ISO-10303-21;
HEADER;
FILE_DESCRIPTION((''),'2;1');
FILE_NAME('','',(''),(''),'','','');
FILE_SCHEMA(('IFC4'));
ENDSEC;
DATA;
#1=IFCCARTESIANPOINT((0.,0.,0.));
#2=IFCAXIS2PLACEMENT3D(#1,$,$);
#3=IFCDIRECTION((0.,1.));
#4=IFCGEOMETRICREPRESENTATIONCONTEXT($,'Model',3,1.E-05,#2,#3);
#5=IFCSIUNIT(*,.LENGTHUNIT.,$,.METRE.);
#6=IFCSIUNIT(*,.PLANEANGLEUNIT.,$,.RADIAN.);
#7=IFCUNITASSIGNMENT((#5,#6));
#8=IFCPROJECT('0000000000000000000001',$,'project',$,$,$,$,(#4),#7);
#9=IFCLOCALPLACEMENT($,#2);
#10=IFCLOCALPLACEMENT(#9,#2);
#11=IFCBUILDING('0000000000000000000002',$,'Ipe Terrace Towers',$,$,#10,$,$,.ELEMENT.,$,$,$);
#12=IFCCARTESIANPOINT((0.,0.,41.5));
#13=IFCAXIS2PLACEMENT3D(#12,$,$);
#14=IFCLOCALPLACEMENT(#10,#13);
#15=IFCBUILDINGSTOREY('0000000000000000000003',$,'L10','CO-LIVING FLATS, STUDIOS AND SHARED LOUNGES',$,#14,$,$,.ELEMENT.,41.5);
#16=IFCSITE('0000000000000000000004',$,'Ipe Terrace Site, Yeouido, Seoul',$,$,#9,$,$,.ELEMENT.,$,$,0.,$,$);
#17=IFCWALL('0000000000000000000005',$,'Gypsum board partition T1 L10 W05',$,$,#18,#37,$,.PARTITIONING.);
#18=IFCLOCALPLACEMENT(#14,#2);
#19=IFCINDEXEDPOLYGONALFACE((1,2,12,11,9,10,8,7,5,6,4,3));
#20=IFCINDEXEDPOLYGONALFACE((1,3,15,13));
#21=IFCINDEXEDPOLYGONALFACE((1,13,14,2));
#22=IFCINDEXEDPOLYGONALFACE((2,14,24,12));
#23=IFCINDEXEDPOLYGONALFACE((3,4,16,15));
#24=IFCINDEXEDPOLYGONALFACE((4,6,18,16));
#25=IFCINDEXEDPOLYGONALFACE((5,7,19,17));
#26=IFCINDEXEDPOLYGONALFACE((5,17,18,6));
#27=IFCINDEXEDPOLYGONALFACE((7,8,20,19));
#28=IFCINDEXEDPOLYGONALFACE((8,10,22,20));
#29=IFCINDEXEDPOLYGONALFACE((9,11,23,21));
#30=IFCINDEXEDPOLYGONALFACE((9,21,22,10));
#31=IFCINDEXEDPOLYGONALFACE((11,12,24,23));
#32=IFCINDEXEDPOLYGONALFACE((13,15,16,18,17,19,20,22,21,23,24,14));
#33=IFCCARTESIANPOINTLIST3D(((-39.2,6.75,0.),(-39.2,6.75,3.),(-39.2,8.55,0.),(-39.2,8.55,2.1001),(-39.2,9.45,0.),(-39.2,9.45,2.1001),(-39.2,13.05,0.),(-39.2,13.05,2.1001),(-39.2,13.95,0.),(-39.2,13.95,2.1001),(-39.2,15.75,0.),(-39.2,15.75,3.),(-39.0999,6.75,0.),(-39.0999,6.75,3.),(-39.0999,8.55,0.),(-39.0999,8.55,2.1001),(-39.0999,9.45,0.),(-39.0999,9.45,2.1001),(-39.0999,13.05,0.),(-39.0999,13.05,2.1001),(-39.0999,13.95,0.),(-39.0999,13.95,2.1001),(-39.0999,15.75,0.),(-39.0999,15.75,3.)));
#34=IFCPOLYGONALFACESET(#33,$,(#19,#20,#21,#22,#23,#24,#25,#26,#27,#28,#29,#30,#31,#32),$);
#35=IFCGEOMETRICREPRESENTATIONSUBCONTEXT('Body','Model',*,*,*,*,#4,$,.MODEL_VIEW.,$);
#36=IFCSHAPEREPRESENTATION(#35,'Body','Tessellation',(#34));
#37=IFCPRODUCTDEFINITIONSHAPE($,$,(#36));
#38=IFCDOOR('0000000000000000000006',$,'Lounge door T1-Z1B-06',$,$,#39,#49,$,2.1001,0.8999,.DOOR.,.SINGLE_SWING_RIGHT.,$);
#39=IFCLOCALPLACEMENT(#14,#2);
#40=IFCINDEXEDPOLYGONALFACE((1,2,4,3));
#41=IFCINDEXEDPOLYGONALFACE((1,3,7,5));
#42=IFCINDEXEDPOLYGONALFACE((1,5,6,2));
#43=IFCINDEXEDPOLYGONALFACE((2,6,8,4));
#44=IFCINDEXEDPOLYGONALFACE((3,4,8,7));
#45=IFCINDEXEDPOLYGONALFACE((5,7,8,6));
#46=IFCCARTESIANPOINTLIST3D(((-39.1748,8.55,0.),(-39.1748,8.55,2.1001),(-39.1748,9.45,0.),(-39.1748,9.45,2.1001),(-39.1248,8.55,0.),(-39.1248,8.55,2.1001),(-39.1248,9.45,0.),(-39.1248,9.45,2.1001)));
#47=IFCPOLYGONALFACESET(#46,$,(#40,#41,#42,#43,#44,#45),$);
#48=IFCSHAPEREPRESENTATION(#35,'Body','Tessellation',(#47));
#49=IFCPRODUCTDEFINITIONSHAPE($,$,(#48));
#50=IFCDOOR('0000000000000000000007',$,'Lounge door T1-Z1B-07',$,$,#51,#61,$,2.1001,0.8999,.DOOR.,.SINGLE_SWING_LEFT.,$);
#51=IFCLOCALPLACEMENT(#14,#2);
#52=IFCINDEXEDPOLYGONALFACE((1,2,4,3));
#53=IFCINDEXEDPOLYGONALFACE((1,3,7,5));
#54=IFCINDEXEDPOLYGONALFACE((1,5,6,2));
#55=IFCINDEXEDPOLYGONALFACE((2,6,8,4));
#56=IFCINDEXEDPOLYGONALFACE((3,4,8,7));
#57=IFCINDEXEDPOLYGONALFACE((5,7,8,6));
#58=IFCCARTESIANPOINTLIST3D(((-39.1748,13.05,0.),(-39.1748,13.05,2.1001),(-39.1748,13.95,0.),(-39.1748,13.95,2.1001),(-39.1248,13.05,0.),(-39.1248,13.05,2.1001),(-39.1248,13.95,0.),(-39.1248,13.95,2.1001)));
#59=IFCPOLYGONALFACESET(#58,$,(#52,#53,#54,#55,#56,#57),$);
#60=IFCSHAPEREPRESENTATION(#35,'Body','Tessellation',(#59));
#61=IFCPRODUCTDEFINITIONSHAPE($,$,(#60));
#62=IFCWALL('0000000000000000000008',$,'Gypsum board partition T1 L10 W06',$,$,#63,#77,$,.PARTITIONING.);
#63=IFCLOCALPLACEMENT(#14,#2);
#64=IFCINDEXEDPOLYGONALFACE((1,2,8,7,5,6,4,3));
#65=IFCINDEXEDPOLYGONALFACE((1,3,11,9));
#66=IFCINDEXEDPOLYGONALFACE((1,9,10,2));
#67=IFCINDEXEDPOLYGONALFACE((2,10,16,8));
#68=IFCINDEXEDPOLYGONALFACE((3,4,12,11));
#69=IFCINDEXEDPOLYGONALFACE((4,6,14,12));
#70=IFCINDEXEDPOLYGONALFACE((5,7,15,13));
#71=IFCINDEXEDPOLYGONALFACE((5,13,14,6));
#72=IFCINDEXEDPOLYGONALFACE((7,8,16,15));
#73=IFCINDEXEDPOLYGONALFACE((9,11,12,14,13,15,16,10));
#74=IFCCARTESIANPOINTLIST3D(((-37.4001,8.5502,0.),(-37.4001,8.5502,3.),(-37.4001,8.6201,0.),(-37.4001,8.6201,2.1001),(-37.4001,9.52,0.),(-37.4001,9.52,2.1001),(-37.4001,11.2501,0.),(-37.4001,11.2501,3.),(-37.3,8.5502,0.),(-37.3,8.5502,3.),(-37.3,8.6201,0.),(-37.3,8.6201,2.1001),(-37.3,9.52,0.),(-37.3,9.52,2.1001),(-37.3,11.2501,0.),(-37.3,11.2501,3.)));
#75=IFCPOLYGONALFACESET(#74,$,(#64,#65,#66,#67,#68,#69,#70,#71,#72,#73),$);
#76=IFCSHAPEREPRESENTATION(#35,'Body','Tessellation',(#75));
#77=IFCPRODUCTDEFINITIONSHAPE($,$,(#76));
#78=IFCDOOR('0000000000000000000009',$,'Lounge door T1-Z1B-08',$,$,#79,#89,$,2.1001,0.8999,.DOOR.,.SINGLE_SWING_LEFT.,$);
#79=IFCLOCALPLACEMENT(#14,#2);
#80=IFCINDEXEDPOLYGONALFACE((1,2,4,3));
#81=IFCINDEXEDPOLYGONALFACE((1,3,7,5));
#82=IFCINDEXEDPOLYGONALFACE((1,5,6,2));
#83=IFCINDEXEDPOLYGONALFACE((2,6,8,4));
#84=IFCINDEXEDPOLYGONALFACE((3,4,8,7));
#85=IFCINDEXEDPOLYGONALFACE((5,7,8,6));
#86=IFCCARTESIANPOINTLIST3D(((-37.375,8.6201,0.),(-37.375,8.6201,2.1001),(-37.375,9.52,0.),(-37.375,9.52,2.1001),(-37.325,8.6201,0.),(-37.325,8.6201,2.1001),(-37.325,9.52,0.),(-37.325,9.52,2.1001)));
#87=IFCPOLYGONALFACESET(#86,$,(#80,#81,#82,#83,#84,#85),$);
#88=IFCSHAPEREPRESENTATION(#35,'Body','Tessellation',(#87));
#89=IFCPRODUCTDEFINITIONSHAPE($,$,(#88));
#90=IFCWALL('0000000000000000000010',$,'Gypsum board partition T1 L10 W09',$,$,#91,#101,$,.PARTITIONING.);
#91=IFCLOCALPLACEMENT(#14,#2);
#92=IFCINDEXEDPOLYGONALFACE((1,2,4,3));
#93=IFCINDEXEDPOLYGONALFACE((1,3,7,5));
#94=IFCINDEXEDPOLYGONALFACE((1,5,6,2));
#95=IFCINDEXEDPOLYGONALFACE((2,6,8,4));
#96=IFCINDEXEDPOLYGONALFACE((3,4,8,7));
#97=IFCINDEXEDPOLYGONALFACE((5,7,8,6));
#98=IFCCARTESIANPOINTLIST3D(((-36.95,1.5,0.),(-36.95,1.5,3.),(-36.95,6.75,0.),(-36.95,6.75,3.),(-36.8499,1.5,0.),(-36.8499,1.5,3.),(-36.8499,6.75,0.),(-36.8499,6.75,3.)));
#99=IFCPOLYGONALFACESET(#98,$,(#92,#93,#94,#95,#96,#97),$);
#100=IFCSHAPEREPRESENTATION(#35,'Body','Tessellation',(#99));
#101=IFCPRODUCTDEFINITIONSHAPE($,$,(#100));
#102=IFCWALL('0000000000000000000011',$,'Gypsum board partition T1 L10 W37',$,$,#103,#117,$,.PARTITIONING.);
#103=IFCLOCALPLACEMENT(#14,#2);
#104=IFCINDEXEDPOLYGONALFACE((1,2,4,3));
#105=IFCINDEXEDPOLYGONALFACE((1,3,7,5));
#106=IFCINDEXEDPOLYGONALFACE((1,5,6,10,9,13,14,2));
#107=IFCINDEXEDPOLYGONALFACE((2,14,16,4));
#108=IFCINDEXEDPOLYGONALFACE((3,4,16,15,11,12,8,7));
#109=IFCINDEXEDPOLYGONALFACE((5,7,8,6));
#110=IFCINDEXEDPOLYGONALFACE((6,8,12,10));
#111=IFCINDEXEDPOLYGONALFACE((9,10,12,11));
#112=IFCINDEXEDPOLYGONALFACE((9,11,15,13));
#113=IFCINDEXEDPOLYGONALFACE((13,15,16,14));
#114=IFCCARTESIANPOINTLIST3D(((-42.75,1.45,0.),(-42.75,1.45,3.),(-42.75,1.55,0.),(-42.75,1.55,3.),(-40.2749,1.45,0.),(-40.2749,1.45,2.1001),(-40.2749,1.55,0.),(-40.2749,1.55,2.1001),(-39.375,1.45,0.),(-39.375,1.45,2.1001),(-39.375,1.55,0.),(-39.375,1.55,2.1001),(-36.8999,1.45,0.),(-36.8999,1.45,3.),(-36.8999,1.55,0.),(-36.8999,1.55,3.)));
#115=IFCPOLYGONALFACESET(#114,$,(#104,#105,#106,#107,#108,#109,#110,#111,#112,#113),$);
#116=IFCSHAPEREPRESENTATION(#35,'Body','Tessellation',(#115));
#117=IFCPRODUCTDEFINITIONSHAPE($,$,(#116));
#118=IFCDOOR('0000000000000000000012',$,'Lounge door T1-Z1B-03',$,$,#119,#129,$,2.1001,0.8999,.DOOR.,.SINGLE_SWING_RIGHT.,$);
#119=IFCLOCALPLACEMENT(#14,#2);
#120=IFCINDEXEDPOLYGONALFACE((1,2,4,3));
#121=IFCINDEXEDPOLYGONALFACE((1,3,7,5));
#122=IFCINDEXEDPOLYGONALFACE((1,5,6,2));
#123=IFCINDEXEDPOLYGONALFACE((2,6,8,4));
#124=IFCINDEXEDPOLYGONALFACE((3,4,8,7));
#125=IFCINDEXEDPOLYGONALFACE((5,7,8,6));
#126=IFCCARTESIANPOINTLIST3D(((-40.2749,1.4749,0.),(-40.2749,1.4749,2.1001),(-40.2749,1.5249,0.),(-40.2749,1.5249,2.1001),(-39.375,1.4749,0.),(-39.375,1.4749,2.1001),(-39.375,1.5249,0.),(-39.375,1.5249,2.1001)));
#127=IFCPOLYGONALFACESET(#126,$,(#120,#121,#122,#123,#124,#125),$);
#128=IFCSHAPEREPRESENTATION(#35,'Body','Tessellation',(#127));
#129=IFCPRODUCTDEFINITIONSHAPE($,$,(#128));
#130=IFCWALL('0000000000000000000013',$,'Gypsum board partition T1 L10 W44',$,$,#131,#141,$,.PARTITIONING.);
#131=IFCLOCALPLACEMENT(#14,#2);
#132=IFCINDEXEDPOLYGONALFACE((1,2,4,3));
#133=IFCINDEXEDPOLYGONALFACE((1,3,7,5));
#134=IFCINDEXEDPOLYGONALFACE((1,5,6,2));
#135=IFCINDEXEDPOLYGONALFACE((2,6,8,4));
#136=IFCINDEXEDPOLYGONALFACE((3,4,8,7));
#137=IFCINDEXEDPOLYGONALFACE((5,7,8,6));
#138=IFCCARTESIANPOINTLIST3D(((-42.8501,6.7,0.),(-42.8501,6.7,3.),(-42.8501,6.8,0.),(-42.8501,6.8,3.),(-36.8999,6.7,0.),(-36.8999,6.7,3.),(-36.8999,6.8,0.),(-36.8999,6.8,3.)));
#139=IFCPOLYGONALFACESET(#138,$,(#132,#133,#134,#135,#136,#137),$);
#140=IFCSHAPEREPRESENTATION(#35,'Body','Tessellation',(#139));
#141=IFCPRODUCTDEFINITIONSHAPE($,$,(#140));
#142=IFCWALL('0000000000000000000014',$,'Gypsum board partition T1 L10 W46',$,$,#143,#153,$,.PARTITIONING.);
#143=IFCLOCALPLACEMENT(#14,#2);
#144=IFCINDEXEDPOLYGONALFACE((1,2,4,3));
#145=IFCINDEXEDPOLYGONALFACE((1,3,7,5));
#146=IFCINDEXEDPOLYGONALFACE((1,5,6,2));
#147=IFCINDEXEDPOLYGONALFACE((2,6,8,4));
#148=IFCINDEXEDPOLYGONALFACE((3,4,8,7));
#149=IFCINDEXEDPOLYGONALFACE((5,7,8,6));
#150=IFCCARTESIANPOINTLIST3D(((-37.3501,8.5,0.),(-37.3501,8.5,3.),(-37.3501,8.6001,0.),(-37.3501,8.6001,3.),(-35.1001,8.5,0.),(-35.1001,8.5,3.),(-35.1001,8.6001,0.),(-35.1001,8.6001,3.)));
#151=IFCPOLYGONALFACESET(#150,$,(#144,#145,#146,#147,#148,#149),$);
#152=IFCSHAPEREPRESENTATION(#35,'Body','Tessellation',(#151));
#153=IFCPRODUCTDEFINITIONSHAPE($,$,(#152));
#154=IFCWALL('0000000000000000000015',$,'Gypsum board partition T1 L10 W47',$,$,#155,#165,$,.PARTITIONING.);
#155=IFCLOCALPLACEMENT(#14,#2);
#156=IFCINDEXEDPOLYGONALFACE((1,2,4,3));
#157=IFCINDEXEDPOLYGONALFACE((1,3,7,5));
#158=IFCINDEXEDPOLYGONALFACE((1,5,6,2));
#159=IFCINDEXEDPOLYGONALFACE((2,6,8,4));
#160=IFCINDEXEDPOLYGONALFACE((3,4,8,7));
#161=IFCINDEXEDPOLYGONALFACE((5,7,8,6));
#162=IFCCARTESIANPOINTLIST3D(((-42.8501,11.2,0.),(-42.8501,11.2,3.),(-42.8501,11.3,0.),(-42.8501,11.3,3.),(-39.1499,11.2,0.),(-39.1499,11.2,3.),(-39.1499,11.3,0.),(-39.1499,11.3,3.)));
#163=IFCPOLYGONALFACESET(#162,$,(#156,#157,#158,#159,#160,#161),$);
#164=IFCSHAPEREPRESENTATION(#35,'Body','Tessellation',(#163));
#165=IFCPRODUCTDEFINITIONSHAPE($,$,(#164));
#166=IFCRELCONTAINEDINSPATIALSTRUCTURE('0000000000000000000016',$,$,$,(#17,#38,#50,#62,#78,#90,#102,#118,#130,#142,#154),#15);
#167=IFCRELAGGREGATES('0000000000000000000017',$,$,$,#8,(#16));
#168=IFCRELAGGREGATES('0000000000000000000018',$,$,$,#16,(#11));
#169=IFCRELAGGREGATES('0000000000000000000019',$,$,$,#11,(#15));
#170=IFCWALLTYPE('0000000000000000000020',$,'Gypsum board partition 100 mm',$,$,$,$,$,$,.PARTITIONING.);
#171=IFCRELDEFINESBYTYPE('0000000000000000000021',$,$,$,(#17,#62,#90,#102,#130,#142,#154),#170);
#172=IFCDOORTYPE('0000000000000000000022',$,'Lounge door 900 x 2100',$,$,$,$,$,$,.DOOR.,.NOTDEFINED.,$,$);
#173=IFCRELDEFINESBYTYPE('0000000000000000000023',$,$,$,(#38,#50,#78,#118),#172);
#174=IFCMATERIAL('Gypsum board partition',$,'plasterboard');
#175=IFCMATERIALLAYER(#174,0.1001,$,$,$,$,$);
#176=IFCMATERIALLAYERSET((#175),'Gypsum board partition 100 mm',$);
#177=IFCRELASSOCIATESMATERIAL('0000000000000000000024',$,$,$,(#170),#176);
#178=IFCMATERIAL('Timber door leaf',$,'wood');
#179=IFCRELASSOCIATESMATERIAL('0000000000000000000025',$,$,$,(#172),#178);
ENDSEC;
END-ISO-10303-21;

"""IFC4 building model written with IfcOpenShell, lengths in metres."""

from ifc_helpers import new_model, si_unit, direction, frame, frame_2d, origin, place, context, subcontext, project, spatial, rectangle, extrude, material, layer, layer_set, type_object, element, fill, save


model = new_model("IFC4")

# Units and contexts
model_context = context("Model", 3, precision=1e-05, world=origin(), true_north=direction((0.0, 1.0)))
body_context = subcontext(model_context, "Body", "Model", "MODEL_VIEW")
ifc_project = project(units=[si_unit("LENGTHUNIT", "METRE"), si_unit("PLANEANGLEUNIT", "RADIAN")], contexts=[model_context])

# Site, building, storey
site_placement = place(None, origin())
site = spatial("IfcSite", under=ifc_project, at=site_placement, Name="Ipe Terrace Site, Yeouido, Seoul", CompositionType="ELEMENT", RefElevation=0.0)
building_placement = place(site_placement, origin())
building = spatial("IfcBuilding", under=site, at=building_placement, Name="Ipe Terrace Towers", CompositionType="ELEMENT")
storey_placement = place(building_placement, frame((0.0, 0.0, 41.5)))
storey = spatial("IfcBuildingStorey", under=building, at=storey_placement, Name="L10", Description="CO-LIVING FLATS, STUDIOS AND SHARED LOUNGES", CompositionType="ELEMENT", Elevation=41.5)

# Wall, openings, doors
ifc_material_1 = material(Name="Gypsum board partition", Category="plasterboard")
ifc_layer_1 = layer(ifc_material_1, 0.1001)
ifc_layer_set_1 = layer_set([ifc_layer_1], Name="Gypsum board partition 100 mm")
wall_type_1 = type_object("IfcWallType", Name="Gypsum board partition 100 mm", PredefinedType="PARTITIONING", material=ifc_layer_set_1)
wall_1_placement = place(storey_placement, frame((-39.1499, 6.75, 0.0), z_axis=(0.0, 0.0, 1.0), x_axis=(0.0, 1.0, 0.0)))
wall_1 = element("IfcWall", 1, at=wall_1_placement, inside=storey, type_object=wall_type_1, Name="Gypsum board partition T1 L10 W05", PredefinedType="PARTITIONING", context=body_context, shape_type="SweptSolid", body=[
    extrude(rectangle(XDim=9.0, YDim=0.1001, at=frame_2d((4.5, 0.0))), origin(), (0.0, 0.0, 1.0), 3.0),
])
opening_1_placement = place(wall_1_placement, frame((1.8, 0.0, 0.0)))
opening_1 = element("IfcOpeningElement", 2, at=opening_1_placement, cuts=wall_1, PredefinedType="OPENING", context=body_context, shape_type="SweptSolid", body=[
    extrude(rectangle(XDim=0.8999, YDim=2.1001, at=frame_2d((0.45, 1.05))), frame((0.0, 0.0601, 0.0), z_axis=(0.0, -1.0, 0.0), x_axis=(1.0, 0.0, 0.0)), (0.0, 0.0, 1.0), 0.1201),
])
opening_2_placement = place(wall_1_placement, frame((6.3, 0.0, 0.0)))
opening_2 = element("IfcOpeningElement", 3, at=opening_2_placement, cuts=wall_1, PredefinedType="OPENING", context=body_context, shape_type="SweptSolid", body=[
    extrude(rectangle(XDim=0.8999, YDim=2.1001, at=frame_2d((0.45, 1.05))), frame((0.0, 0.0601, 0.0), z_axis=(0.0, -1.0, 0.0), x_axis=(1.0, 0.0, 0.0)), (0.0, 0.0, 1.0), 0.1201),
])
ifc_material_2 = material(Name="Timber door leaf", Category="wood")
door_type_1 = type_object("IfcDoorType", Name="Lounge door 900 x 2100", OperationType="NOTDEFINED", PredefinedType="DOOR", material=ifc_material_2)
door_1_placement = place(opening_1_placement, origin())
door_1 = element("IfcDoor", 4, at=door_1_placement, inside=storey, type_object=door_type_1, Name="Lounge door T1-Z1B-06", OperationType="SINGLE_SWING_RIGHT", OverallHeight=2.1001, OverallWidth=0.8999, PredefinedType="DOOR", context=body_context, shape_type="SweptSolid", body=[
    extrude(rectangle(XDim=0.8999, YDim=2.1001, at=frame_2d((0.45, 1.05))), frame((0.0, 0.0249, 0.0), z_axis=(0.0, -1.0, 0.0), x_axis=(1.0, 0.0, 0.0)), (0.0, 0.0, 1.0), 0.05),
])
fill(opening_1, door_1)
door_2_placement = place(opening_2_placement, origin())
door_2 = element("IfcDoor", 5, at=door_2_placement, inside=storey, type_object=door_type_1, Name="Lounge door T1-Z1B-07", OperationType="SINGLE_SWING_LEFT", OverallHeight=2.1001, OverallWidth=0.8999, PredefinedType="DOOR", context=body_context, shape_type="SweptSolid", body=[
    extrude(rectangle(XDim=0.8999, YDim=2.1001, at=frame_2d((0.45, 1.05))), frame((0.0, 0.0249, 0.0), z_axis=(0.0, -1.0, 0.0), x_axis=(1.0, 0.0, 0.0)), (0.0, 0.0, 1.0), 0.05),
])
fill(opening_2, door_2)

# Wall, opening, door
wall_2_placement = place(storey_placement, frame((-37.3501, 8.55, 0.0), z_axis=(0.0, 0.0, 1.0), x_axis=(0.0, 1.0, 0.0)))
wall_2 = element("IfcWall", 6, at=wall_2_placement, inside=storey, type_object=wall_type_1, Name="Gypsum board partition T1 L10 W06", PredefinedType="PARTITIONING", context=body_context, shape_type="SweptSolid", body=[
    extrude(rectangle(XDim=2.7, YDim=0.1001, at=frame_2d((1.3501, 0.0))), origin(), (0.0, 0.0, 1.0), 3.0),
])
opening_3_placement = place(wall_2_placement, frame((0.0701, 0.0, 0.0)))
opening_3 = element("IfcOpeningElement", 7, at=opening_3_placement, cuts=wall_2, PredefinedType="OPENING", context=body_context, shape_type="SweptSolid", body=[
    extrude(rectangle(XDim=0.8999, YDim=2.1001, at=frame_2d((0.45, 1.05))), frame((0.0, 0.0601, 0.0), z_axis=(0.0, -1.0, 0.0), x_axis=(1.0, 0.0, 0.0)), (0.0, 0.0, 1.0), 0.1201),
])
door_3_placement = place(opening_3_placement, origin())
door_3 = element("IfcDoor", 8, at=door_3_placement, inside=storey, type_object=door_type_1, Name="Lounge door T1-Z1B-08", OperationType="SINGLE_SWING_LEFT", OverallHeight=2.1001, OverallWidth=0.8999, PredefinedType="DOOR", context=body_context, shape_type="SweptSolid", body=[
    extrude(rectangle(XDim=0.8999, YDim=2.1001, at=frame_2d((0.45, 1.05))), frame((0.0, 0.0249, 0.0), z_axis=(0.0, -1.0, 0.0), x_axis=(1.0, 0.0, 0.0)), (0.0, 0.0, 1.0), 0.05),
])
fill(opening_3, door_3)

# Wall
wall_3_placement = place(storey_placement, frame((-36.8999, 1.5, 0.0), z_axis=(0.0, 0.0, 1.0), x_axis=(0.0, 1.0, 0.0)))
element("IfcWall", 9, at=wall_3_placement, inside=storey, type_object=wall_type_1, Name="Gypsum board partition T1 L10 W09", PredefinedType="PARTITIONING", context=body_context, shape_type="SweptSolid", body=[
    extrude(rectangle(XDim=5.25, YDim=0.1001, at=frame_2d((2.625, 0.0))), origin(), (0.0, 0.0, 1.0), 3.0),
])

# Wall, opening, door
wall_4_placement = place(storey_placement, frame((-42.75, 1.5, 0.0), z_axis=(0.0, 0.0, 1.0), x_axis=(1.0, 0.0, 0.0)))
wall_4 = element("IfcWall", 10, at=wall_4_placement, inside=storey, type_object=wall_type_1, Name="Gypsum board partition T1 L10 W37", PredefinedType="PARTITIONING", context=body_context, shape_type="SweptSolid", body=[
    extrude(rectangle(XDim=5.8501, YDim=0.1001, at=frame_2d((2.925, 0.0))), origin(), (0.0, 0.0, 1.0), 3.0),
])
opening_4_placement = place(wall_4_placement, frame((2.4751, 0.0, 0.0)))
opening_4 = element("IfcOpeningElement", 11, at=opening_4_placement, cuts=wall_4, PredefinedType="OPENING", context=body_context, shape_type="SweptSolid", body=[
    extrude(rectangle(XDim=0.8999, YDim=2.1001, at=frame_2d((0.45, 1.05))), frame((0.0, 0.0601, 0.0), z_axis=(0.0, -1.0, 0.0), x_axis=(1.0, 0.0, 0.0)), (0.0, 0.0, 1.0), 0.1201),
])
door_4_placement = place(opening_4_placement, origin())
door_4 = element("IfcDoor", 12, at=door_4_placement, inside=storey, type_object=door_type_1, Name="Lounge door T1-Z1B-03", OperationType="SINGLE_SWING_RIGHT", OverallHeight=2.1001, OverallWidth=0.8999, PredefinedType="DOOR", context=body_context, shape_type="SweptSolid", body=[
    extrude(rectangle(XDim=0.8999, YDim=2.1001, at=frame_2d((0.45, 1.05))), frame((0.0, 0.0249, 0.0), z_axis=(0.0, -1.0, 0.0), x_axis=(1.0, 0.0, 0.0)), (0.0, 0.0, 1.0), 0.05),
])
fill(opening_4, door_4)

# Walls
wall_5_placement = place(storey_placement, frame((-42.8501, 6.75, 0.0), z_axis=(0.0, 0.0, 1.0), x_axis=(1.0, 0.0, 0.0)))
element("IfcWall", 13, at=wall_5_placement, inside=storey, type_object=wall_type_1, Name="Gypsum board partition T1 L10 W44", PredefinedType="PARTITIONING", context=body_context, shape_type="SweptSolid", body=[
    extrude(rectangle(XDim=5.9502, YDim=0.1001, at=frame_2d((2.9751, 0.0))), origin(), (0.0, 0.0, 1.0), 3.0),
])
wall_6_placement = place(storey_placement, frame((-37.3501, 8.55, 0.0), z_axis=(0.0, 0.0, 1.0), x_axis=(1.0, 0.0, 0.0)))
element("IfcWall", 14, at=wall_6_placement, inside=storey, type_object=wall_type_1, Name="Gypsum board partition T1 L10 W46", PredefinedType="PARTITIONING", context=body_context, shape_type="SweptSolid", body=[
    extrude(rectangle(XDim=2.25, YDim=0.1001, at=frame_2d((1.125, 0.0))), origin(), (0.0, 0.0, 1.0), 3.0),
])
wall_7_placement = place(storey_placement, frame((-42.8501, 11.25, 0.0), z_axis=(0.0, 0.0, 1.0), x_axis=(1.0, 0.0, 0.0)))
element("IfcWall", 15, at=wall_7_placement, inside=storey, type_object=wall_type_1, Name="Gypsum board partition T1 L10 W47", PredefinedType="PARTITIONING", context=body_context, shape_type="SweptSolid", body=[
    extrude(rectangle(XDim=3.7002, YDim=0.1001, at=frame_2d((1.8501, 0.0))), origin(), (0.0, 0.0, 1.0), 3.0),
])

save(model, "model.ifc")
